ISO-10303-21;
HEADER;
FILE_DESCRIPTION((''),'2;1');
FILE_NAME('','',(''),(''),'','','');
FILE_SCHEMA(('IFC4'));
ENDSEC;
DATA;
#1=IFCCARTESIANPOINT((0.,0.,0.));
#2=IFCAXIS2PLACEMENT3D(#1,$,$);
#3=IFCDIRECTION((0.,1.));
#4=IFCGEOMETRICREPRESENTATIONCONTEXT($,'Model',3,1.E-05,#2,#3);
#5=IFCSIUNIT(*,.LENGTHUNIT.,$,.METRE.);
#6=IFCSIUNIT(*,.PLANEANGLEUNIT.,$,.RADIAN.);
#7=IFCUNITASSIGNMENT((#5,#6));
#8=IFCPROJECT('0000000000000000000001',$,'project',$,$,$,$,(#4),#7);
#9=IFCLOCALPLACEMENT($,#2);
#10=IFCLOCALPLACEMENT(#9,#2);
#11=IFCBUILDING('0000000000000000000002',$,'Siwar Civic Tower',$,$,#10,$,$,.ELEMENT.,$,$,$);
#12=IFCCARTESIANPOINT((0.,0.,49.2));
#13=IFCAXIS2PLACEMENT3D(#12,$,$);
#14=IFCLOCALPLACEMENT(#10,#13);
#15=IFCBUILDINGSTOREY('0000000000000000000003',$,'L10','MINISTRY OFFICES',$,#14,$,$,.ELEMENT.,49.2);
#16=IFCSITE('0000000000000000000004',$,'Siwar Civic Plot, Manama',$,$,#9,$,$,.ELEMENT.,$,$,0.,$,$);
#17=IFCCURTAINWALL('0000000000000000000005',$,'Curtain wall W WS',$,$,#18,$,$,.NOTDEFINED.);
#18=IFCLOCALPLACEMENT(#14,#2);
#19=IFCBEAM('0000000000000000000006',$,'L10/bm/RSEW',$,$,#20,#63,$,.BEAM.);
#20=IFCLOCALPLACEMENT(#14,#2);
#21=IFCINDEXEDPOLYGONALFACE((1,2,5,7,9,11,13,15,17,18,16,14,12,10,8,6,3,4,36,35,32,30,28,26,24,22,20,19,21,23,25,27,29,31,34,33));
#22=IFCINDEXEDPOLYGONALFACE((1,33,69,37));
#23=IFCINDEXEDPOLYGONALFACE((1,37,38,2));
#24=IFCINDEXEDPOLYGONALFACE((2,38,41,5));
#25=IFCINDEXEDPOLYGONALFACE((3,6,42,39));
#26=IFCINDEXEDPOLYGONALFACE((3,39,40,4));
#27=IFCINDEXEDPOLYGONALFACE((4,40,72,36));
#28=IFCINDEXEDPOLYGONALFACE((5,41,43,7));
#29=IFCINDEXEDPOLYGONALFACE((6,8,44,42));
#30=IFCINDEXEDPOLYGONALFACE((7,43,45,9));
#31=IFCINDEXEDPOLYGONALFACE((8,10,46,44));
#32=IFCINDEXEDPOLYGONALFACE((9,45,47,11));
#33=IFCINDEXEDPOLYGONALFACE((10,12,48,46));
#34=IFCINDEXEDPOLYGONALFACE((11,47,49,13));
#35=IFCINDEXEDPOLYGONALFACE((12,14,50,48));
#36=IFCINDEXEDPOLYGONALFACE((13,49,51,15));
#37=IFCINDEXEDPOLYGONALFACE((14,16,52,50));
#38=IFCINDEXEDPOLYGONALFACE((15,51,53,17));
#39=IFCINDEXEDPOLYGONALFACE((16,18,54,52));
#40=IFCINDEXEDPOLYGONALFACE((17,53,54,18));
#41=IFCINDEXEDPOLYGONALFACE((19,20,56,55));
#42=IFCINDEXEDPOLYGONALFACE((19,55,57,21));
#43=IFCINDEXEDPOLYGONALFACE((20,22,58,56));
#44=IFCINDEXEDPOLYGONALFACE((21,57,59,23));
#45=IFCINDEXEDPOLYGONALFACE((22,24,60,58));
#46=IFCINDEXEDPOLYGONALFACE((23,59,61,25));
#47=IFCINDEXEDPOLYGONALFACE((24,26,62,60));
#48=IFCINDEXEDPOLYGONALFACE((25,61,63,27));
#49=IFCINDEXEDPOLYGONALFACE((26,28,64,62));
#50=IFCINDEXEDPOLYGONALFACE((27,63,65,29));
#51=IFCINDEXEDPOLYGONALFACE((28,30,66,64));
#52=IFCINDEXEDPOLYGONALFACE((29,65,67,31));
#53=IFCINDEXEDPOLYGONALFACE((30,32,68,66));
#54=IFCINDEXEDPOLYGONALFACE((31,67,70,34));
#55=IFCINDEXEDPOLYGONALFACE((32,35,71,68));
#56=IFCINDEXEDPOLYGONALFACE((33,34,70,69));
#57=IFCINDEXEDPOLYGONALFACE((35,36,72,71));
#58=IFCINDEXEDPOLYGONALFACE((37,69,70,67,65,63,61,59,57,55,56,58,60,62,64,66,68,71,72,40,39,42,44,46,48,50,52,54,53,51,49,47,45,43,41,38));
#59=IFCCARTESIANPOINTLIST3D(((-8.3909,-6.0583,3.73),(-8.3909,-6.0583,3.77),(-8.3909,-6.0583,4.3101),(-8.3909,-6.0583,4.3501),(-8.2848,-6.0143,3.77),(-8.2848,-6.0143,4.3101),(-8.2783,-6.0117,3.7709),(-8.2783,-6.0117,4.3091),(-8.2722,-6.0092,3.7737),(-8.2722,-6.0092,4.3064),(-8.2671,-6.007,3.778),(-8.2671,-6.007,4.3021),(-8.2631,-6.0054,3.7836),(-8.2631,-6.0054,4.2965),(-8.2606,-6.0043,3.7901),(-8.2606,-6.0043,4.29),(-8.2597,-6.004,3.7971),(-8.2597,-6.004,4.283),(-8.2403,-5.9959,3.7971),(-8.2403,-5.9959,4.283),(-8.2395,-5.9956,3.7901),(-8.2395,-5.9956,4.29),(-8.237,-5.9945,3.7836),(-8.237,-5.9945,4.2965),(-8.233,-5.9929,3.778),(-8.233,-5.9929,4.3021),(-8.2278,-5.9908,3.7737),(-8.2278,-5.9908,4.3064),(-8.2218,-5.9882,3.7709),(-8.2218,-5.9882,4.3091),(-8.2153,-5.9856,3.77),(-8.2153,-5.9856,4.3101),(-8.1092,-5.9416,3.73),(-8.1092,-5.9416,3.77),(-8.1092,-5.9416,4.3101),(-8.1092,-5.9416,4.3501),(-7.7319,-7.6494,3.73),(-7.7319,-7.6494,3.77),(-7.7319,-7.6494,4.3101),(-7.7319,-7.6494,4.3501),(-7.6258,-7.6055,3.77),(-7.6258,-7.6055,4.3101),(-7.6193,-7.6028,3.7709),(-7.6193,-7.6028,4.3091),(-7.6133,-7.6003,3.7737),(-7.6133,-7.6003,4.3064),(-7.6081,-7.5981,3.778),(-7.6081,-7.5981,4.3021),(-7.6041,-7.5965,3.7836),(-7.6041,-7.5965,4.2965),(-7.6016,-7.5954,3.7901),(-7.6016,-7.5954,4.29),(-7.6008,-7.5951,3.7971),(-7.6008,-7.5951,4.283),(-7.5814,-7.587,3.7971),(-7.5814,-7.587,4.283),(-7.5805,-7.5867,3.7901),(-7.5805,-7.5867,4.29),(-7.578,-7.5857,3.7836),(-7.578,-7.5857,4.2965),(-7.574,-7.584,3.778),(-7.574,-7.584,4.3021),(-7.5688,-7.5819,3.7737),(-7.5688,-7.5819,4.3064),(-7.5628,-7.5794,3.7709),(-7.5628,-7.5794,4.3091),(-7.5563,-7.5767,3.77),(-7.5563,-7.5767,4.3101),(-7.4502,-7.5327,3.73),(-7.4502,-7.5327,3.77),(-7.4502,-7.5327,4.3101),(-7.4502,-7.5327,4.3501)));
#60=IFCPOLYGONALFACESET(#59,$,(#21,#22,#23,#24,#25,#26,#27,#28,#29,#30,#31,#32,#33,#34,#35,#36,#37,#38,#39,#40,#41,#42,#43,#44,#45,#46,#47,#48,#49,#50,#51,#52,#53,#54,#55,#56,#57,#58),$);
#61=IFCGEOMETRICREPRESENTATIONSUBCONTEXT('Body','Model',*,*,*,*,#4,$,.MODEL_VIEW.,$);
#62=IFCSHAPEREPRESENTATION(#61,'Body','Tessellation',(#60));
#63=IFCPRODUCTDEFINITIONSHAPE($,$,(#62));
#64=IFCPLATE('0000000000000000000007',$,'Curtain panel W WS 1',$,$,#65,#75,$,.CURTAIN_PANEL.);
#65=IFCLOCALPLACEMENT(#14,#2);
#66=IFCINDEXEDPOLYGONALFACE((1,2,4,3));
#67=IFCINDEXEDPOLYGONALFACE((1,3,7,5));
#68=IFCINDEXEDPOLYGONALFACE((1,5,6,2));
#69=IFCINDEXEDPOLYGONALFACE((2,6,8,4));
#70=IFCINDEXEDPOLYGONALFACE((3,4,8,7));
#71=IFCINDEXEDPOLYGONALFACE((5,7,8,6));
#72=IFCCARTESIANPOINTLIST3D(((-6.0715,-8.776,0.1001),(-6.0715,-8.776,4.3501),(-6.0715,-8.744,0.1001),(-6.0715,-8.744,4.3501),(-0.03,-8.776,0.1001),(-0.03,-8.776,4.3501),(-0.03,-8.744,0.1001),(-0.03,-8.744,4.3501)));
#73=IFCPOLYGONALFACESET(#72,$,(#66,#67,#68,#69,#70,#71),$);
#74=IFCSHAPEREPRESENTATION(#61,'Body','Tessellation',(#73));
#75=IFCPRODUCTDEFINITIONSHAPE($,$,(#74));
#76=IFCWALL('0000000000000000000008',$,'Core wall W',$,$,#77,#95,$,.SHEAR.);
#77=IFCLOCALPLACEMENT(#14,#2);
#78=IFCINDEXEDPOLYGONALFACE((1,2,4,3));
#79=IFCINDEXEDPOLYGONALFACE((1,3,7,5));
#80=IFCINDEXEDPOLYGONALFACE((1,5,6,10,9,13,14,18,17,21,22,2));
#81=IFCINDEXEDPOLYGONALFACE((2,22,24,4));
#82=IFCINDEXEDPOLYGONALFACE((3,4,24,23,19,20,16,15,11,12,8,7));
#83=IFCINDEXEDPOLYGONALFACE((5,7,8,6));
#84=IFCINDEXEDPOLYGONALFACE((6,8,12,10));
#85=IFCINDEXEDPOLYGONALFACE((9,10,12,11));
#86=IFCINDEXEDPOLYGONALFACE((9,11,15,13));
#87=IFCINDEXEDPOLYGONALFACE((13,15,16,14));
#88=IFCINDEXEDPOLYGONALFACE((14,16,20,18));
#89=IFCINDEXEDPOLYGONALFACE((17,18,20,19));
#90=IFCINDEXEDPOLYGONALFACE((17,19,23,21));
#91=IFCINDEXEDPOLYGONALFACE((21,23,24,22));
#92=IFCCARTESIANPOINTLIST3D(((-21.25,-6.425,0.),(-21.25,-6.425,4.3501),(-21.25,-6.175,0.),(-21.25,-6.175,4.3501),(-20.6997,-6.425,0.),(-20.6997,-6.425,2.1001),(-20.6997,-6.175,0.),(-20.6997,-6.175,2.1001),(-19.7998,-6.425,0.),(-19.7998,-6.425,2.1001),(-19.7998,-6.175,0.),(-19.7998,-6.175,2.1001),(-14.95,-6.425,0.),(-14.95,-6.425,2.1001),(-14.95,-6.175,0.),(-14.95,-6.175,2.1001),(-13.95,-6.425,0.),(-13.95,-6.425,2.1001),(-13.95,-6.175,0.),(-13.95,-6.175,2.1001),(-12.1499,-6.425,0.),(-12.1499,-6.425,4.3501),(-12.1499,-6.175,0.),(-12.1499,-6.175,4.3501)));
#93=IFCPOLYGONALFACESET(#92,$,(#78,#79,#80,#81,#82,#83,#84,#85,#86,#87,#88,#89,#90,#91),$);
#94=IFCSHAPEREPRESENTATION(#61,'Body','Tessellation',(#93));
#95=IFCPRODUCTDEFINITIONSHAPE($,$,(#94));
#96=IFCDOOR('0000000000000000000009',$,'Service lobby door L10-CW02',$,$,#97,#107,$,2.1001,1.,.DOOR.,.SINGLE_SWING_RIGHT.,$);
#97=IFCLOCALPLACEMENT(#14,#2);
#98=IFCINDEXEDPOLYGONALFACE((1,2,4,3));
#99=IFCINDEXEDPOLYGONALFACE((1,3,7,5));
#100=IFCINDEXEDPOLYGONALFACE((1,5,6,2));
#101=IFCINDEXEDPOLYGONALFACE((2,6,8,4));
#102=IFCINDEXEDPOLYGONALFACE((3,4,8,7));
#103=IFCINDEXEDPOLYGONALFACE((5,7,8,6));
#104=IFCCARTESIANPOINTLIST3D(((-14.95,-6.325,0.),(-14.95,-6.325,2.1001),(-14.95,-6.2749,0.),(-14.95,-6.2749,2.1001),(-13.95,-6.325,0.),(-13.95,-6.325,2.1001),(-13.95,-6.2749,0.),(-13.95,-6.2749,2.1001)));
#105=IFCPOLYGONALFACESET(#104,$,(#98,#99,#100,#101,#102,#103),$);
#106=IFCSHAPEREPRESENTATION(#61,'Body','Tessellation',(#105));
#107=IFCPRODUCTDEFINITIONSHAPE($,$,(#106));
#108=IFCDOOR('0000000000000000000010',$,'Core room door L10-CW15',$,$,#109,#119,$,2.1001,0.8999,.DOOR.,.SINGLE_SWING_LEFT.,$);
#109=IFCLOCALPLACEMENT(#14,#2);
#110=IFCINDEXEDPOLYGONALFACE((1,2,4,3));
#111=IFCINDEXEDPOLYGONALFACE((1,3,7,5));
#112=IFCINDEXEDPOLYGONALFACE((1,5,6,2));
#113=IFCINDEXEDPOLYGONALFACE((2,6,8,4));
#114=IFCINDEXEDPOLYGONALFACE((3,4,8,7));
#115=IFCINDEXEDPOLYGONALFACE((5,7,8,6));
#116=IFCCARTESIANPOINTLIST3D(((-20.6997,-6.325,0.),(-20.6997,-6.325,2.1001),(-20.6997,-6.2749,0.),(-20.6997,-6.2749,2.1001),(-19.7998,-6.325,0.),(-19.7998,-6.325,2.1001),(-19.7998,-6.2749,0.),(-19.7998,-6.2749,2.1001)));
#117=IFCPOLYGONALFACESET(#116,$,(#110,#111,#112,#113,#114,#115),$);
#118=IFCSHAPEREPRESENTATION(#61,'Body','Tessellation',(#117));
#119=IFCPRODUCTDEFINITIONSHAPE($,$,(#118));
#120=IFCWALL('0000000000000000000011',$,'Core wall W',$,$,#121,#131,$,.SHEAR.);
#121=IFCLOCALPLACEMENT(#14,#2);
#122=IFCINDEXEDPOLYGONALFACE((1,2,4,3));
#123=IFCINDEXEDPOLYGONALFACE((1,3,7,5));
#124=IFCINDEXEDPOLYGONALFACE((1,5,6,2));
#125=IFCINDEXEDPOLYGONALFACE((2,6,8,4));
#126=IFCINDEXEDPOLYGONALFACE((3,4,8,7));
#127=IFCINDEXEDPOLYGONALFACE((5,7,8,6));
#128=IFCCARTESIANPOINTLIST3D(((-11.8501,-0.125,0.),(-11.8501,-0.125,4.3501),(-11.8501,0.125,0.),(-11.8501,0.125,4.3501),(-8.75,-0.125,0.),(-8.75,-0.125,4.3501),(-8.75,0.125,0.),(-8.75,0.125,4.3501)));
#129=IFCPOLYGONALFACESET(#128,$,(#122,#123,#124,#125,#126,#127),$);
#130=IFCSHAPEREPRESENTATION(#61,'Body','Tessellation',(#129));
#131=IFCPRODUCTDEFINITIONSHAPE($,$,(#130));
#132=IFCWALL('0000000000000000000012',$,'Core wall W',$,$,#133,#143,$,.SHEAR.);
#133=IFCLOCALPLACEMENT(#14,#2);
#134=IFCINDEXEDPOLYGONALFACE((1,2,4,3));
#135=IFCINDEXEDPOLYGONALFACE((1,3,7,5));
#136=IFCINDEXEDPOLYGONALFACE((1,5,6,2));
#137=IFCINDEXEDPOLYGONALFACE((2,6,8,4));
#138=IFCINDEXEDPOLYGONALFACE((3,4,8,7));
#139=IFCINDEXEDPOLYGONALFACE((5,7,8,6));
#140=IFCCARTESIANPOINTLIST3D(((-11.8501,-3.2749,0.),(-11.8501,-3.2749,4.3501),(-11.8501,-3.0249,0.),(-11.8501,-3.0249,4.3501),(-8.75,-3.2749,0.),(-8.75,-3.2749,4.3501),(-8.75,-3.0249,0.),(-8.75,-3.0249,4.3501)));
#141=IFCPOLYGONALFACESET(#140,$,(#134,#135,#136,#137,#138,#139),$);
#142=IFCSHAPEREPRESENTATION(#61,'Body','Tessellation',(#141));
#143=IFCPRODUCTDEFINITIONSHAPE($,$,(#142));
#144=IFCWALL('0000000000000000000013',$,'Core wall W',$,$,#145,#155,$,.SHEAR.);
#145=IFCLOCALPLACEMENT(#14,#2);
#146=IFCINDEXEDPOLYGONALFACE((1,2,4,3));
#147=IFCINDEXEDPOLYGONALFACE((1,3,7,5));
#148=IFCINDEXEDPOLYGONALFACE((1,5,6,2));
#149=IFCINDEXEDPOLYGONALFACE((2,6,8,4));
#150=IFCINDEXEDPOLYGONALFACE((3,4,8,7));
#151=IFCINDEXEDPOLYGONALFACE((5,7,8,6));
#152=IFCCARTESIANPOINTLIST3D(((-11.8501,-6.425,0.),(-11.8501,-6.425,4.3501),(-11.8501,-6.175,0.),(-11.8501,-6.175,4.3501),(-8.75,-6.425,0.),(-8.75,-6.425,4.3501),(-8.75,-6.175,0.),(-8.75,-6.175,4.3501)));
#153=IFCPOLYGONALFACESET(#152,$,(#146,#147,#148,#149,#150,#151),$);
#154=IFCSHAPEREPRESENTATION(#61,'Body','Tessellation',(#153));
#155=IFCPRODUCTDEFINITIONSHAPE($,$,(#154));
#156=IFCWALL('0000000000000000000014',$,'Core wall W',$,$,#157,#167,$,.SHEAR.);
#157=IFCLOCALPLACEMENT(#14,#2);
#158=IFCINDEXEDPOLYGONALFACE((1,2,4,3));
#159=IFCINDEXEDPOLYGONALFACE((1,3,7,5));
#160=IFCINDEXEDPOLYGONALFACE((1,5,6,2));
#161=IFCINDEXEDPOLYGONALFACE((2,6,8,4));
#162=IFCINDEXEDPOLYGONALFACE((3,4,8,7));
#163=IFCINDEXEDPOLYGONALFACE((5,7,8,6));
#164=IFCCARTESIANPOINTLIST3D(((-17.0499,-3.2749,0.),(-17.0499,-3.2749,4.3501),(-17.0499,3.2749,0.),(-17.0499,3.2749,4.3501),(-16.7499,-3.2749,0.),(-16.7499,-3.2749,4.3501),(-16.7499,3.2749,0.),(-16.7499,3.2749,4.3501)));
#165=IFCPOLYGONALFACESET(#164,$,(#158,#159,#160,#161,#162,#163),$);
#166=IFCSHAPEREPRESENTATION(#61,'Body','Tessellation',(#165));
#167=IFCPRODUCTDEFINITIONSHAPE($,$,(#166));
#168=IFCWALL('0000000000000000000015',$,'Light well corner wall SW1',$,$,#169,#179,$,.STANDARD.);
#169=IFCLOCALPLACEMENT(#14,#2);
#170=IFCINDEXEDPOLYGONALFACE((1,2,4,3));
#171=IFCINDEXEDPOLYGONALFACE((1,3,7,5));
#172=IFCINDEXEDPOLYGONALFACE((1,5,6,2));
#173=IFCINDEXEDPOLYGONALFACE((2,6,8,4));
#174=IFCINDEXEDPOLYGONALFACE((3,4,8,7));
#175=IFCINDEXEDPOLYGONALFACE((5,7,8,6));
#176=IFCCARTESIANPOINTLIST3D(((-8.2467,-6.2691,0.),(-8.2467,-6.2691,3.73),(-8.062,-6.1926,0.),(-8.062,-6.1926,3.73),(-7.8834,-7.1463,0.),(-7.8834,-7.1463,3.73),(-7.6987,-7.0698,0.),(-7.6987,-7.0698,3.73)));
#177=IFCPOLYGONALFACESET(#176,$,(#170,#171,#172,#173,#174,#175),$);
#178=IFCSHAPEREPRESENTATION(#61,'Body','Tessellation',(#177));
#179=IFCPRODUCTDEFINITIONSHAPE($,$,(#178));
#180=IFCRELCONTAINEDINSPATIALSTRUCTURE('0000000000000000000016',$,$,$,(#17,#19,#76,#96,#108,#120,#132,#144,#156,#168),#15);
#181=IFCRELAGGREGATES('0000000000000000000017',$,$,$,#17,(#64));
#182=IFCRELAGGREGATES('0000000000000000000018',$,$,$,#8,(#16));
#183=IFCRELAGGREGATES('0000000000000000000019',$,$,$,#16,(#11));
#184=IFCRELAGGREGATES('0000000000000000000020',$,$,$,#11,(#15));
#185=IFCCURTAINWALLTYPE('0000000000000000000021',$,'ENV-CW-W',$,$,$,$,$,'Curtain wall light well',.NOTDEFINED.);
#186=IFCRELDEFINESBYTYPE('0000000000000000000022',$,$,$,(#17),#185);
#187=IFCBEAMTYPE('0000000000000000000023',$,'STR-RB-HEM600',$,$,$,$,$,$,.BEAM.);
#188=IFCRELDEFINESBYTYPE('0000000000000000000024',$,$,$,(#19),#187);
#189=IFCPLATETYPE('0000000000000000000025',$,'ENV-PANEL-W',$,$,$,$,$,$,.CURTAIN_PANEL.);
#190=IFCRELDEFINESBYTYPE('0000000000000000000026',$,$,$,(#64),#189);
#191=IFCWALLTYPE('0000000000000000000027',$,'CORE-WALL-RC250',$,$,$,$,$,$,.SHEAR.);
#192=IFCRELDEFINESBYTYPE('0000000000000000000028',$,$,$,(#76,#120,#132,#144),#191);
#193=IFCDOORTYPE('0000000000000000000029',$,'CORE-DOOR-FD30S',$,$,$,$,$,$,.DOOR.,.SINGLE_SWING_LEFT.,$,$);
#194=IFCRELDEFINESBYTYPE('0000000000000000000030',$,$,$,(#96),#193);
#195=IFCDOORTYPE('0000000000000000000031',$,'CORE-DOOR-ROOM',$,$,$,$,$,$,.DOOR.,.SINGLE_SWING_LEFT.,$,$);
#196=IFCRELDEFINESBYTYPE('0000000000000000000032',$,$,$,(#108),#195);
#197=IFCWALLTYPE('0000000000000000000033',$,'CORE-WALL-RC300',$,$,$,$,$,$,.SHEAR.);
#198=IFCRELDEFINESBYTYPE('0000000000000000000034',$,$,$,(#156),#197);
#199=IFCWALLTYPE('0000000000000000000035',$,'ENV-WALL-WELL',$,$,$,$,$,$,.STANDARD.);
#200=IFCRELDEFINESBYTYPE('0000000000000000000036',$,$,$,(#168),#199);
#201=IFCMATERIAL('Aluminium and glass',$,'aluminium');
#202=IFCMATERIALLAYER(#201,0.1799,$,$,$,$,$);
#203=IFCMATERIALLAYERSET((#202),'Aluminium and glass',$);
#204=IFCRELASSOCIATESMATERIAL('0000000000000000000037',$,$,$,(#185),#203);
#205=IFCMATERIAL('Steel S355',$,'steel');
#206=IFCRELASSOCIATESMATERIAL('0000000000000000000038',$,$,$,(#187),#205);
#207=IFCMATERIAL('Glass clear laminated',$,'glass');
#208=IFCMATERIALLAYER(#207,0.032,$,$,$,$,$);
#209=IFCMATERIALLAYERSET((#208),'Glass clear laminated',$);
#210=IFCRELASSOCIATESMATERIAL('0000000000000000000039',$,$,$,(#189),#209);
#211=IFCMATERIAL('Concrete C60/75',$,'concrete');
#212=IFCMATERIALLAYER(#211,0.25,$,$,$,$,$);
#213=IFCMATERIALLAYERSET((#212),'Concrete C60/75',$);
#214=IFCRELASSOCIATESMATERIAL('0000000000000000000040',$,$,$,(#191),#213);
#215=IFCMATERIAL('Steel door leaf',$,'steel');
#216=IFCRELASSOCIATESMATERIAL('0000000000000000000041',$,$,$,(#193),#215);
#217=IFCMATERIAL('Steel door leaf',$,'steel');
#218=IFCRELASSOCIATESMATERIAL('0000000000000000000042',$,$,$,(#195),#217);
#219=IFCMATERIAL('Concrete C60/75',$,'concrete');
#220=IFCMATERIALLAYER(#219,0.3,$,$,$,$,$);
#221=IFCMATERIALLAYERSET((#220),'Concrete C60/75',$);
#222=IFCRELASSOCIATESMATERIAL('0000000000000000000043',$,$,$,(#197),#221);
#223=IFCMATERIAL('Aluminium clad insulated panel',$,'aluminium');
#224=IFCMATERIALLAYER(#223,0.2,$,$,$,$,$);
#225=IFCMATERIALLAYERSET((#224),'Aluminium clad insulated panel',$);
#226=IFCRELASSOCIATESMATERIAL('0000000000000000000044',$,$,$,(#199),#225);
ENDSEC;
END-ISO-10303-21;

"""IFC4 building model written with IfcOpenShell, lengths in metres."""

from ifc_helpers import new_model, si_unit, direction, frame, frame_2d, origin, origin_2d, place, context, subcontext, project, spatial, rectangle, i_section, extrude, material, layer, layer_set, material_profile, profile_set, type_object, element, fill, aggregate, save


model = new_model("IFC4")

# Units and contexts
model_context = context("Model", 3, precision=1e-05, world=origin(), true_north=direction((0.0, 1.0)))
body_context = subcontext(model_context, "Body", "Model", "MODEL_VIEW")
ifc_project = project(units=[si_unit("LENGTHUNIT", "METRE"), si_unit("PLANEANGLEUNIT", "RADIAN")], contexts=[model_context])

# Site, building, storey
site_placement = place(None, origin())
site = spatial("IfcSite", under=ifc_project, at=site_placement, Name="Siwar Civic Plot, Manama", CompositionType="ELEMENT", RefElevation=0.0)
building_placement = place(site_placement, origin())
building = spatial("IfcBuilding", under=site, at=building_placement, Name="Siwar Civic Tower", CompositionType="ELEMENT")
storey_placement = place(building_placement, frame((0.0, 0.0, 49.2)))
storey = spatial("IfcBuildingStorey", under=building, at=storey_placement, Name="L10", Description="MINISTRY OFFICES", CompositionType="ELEMENT", Elevation=49.2)

# Curtain wall
ifc_material_1 = material(Name="Aluminium and glass", Category="aluminium")
ifc_layer_1 = layer(ifc_material_1, 0.1799)
ifc_layer_set_1 = layer_set([ifc_layer_1], Name="Aluminium and glass")
curtain_wall_type = type_object("IfcCurtainWallType", Name="ENV-CW-W", ElementType="Curtain wall light well", PredefinedType="NOTDEFINED", material=ifc_layer_set_1)
curtain_wall_placement = place(storey_placement, origin())
curtain_wall = element("IfcCurtainWall", 1, at=curtain_wall_placement, inside=storey, type_object=curtain_wall_type, Name="Curtain wall W WS", PredefinedType="NOTDEFINED")

# Beam
ifc_material_2 = material(Name="Steel S355", Category="steel")
ifc_material_profile_1 = material_profile(ifc_material_2, i_section(OverallWidth=0.3049, OverallDepth=0.6201, WebThickness=0.021, FlangeThickness=0.04, FilletRadius=0.0271, at=origin_2d()), Name="HEM600")
ifc_profile_set_1 = profile_set([ifc_material_profile_1], Name="Steel S355")
beam_type = type_object("IfcBeamType", Name="STR-RB-HEM600", PredefinedType="BEAM", material=ifc_profile_set_1)
beam_1_placement = place(storey_placement, frame((-7.5911, -7.5911, 4.04), z_axis=(-0.382631, 0.923901, 0.0), x_axis=(-0.923901, -0.382631, 0.0)))
element("IfcBeam", 2, at=beam_1_placement, inside=storey, type_object=beam_type, Name="L10/bm/RSEW", PredefinedType="BEAM", context=body_context, shape_type="SweptSolid", body=[
    extrude(i_section(OverallWidth=0.3049, OverallDepth=0.6201, WebThickness=0.021, FlangeThickness=0.04, FilletRadius=0.0271, at=origin_2d()), origin(), (0.0, 0.0, 1.0), 1.7222),
])

# Plate
ifc_material_3 = material(Name="Glass clear laminated", Category="glass")
ifc_layer_2 = layer(ifc_material_3, 0.032)
ifc_layer_set_2 = layer_set([ifc_layer_2], Name="Glass clear laminated")
plate_type = type_object("IfcPlateType", Name="ENV-PANEL-W", PredefinedType="CURTAIN_PANEL", material=ifc_layer_set_2)
plate_placement = place(storey_placement, frame((-3.0508, -8.76, 0.1001), z_axis=(0.0, 0.0, 1.0), x_axis=(1.0, 0.0, 0.0)))
plate = element("IfcPlate", 3, at=plate_placement, type_object=plate_type, Name="Curtain panel W WS 1", PredefinedType="CURTAIN_PANEL", context=body_context, shape_type="SweptSolid", body=[
    extrude(rectangle(XDim=6.0415, YDim=0.032, at=origin_2d()), origin(), (0.0, 0.0, 1.0), 4.25),
])
aggregate(curtain_wall, [plate])

# Wall, openings, doors
ifc_material_4 = material(Name="Concrete C60/75", Category="concrete")
ifc_layer_3 = layer(ifc_material_4, 0.25)
ifc_layer_set_3 = layer_set([ifc_layer_3], Name="Concrete C60/75")
wall_type_1 = type_object("IfcWallType", Name="CORE-WALL-RC250", PredefinedType="SHEAR", material=ifc_layer_set_3)
wall_1_placement = place(storey_placement, frame((-12.1499, -6.3, 0.0), z_axis=(0.0, 0.0, 1.0), x_axis=(-1.0, 0.0, 0.0)))
wall_1 = element("IfcWall", 4, at=wall_1_placement, inside=storey, type_object=wall_type_1, Name="Core wall W", PredefinedType="SHEAR", context=body_context, shape_type="SweptSolid", body=[
    extrude(rectangle(XDim=9.1001, YDim=0.25, at=frame_2d((4.55, 0.0))), origin(), (0.0, 0.0, 1.0), 4.3501),
])
opening_1_placement = place(wall_1_placement, frame((1.8, 0.0, 0.0)))
opening_1 = element("IfcOpeningElement", 5, at=opening_1_placement, cuts=wall_1, PredefinedType="OPENING", context=body_context, shape_type="SweptSolid", body=[
    extrude(rectangle(XDim=1.0, YDim=2.1001, at=frame_2d((0.5, 1.05))), frame((0.0, 0.135, 0.0), z_axis=(0.0, -1.0, 0.0), x_axis=(1.0, 0.0, 0.0)), (0.0, 0.0, 1.0), 0.27),
])
opening_2_placement = place(wall_1_placement, frame((7.6499, 0.0, 0.0)))
opening_2 = element("IfcOpeningElement", 6, at=opening_2_placement, cuts=wall_1, PredefinedType="OPENING", context=body_context, shape_type="SweptSolid", body=[
    extrude(rectangle(XDim=0.8999, YDim=2.1001, at=frame_2d((0.45, 1.05))), frame((0.0, 0.135, 0.0), z_axis=(0.0, -1.0, 0.0), x_axis=(1.0, 0.0, 0.0)), (0.0, 0.0, 1.0), 0.27),
])
ifc_material_5 = material(Name="Steel door leaf", Category="steel")
door_type_1 = type_object("IfcDoorType", Name="CORE-DOOR-FD30S", OperationType="SINGLE_SWING_LEFT", PredefinedType="DOOR", material=ifc_material_5)
door_1_placement = place(opening_1_placement, origin())
door_1 = element("IfcDoor", 7, at=door_1_placement, inside=storey, type_object=door_type_1, Name="Service lobby door L10-CW02", OperationType="SINGLE_SWING_RIGHT", OverallHeight=2.1001, OverallWidth=1.0, PredefinedType="DOOR", context=body_context, shape_type="SweptSolid", body=[
    extrude(rectangle(XDim=1.0, YDim=2.1001, at=frame_2d((0.5, 1.05))), frame((0.0, 0.0249, 0.0), z_axis=(0.0, -1.0, 0.0), x_axis=(1.0, 0.0, 0.0)), (0.0, 0.0, 1.0), 0.05),
])
fill(opening_1, door_1)
ifc_material_6 = material(Name="Steel door leaf", Category="steel")
door_type_2 = type_object("IfcDoorType", Name="CORE-DOOR-ROOM", OperationType="SINGLE_SWING_LEFT", PredefinedType="DOOR", material=ifc_material_6)
door_2_placement = place(opening_2_placement, origin())
door_2 = element("IfcDoor", 8, at=door_2_placement, inside=storey, type_object=door_type_2, Name="Core room door L10-CW15", OperationType="SINGLE_SWING_LEFT", OverallHeight=2.1001, OverallWidth=0.8999, PredefinedType="DOOR", context=body_context, shape_type="SweptSolid", body=[
    extrude(rectangle(XDim=0.8999, YDim=2.1001, at=frame_2d((0.45, 1.05))), frame((0.0, 0.0249, 0.0), z_axis=(0.0, -1.0, 0.0), x_axis=(1.0, 0.0, 0.0)), (0.0, 0.0, 1.0), 0.05),
])
fill(opening_2, door_2)

# Walls
for number, where, z_axis, x_axis, name in (
    (9, (-8.75, 0.0, 0.0), (0.0, 0.0, 1.0), (-1.0, 0.0, 0.0), "Core wall W"),
    (10, (-8.75, -3.1499, 0.0), (0.0, 0.0, 1.0), (-1.0, 0.0, 0.0), "Core wall W"),
    (11, (-8.75, -6.3, 0.0), (0.0, 0.0, 1.0), (-1.0, 0.0, 0.0), "Core wall W"),
):
    element("IfcWall", number, at=place(storey_placement, frame(where, z_axis=z_axis, x_axis=x_axis)), inside=storey, type_object=wall_type_1, Name=name, PredefinedType="SHEAR", context=body_context, shape_type="SweptSolid", body=[
        extrude(rectangle(XDim=3.1001, YDim=0.25, at=frame_2d((1.55, 0.0))), origin(), (0.0, 0.0, 1.0), 4.3501),
    ])
ifc_material_7 = material(Name="Concrete C60/75", Category="concrete")
ifc_layer_4 = layer(ifc_material_7, 0.3)
ifc_layer_set_4 = layer_set([ifc_layer_4], Name="Concrete C60/75")
wall_type_2 = type_object("IfcWallType", Name="CORE-WALL-RC300", PredefinedType="SHEAR", material=ifc_layer_set_4)
wall_2_placement = place(storey_placement, frame((-16.8999, -3.2749, 0.0), z_axis=(0.0, 0.0, 1.0), x_axis=(0.0, 1.0, 0.0)))
element("IfcWall", 12, at=wall_2_placement, inside=storey, type_object=wall_type_2, Name="Core wall W", PredefinedType="SHEAR", context=body_context, shape_type="SweptSolid", body=[
    extrude(rectangle(XDim=6.5498, YDim=0.3, at=frame_2d((3.2749, 0.0))), origin(), (0.0, 0.0, 1.0), 4.3501),
])
ifc_material_8 = material(Name="Aluminium clad insulated panel", Category="aluminium")
ifc_layer_5 = layer(ifc_material_8, 0.2)
ifc_layer_set_5 = layer_set([ifc_layer_5], Name="Aluminium clad insulated panel")
wall_type_3 = type_object("IfcWallType", Name="ENV-WALL-WELL", PredefinedType="STANDARD", material=ifc_layer_set_5)
wall_3_placement = place(storey_placement, frame((-8.1543, -6.231, 0.0), z_axis=(0.0, 0.0, 1.0), x_axis=(0.382624, -0.923904, 0.0)))
element("IfcWall", 13, at=wall_3_placement, inside=storey, type_object=wall_type_3, Name="Light well corner wall SW1", PredefinedType="STANDARD", context=body_context, shape_type="SweptSolid", body=[
    extrude(rectangle(XDim=0.9495, YDim=0.2, at=frame_2d((0.4746, 0.0))), origin(), (0.0, 0.0, 1.0), 3.73),
])

save(model, "model.ifc")
